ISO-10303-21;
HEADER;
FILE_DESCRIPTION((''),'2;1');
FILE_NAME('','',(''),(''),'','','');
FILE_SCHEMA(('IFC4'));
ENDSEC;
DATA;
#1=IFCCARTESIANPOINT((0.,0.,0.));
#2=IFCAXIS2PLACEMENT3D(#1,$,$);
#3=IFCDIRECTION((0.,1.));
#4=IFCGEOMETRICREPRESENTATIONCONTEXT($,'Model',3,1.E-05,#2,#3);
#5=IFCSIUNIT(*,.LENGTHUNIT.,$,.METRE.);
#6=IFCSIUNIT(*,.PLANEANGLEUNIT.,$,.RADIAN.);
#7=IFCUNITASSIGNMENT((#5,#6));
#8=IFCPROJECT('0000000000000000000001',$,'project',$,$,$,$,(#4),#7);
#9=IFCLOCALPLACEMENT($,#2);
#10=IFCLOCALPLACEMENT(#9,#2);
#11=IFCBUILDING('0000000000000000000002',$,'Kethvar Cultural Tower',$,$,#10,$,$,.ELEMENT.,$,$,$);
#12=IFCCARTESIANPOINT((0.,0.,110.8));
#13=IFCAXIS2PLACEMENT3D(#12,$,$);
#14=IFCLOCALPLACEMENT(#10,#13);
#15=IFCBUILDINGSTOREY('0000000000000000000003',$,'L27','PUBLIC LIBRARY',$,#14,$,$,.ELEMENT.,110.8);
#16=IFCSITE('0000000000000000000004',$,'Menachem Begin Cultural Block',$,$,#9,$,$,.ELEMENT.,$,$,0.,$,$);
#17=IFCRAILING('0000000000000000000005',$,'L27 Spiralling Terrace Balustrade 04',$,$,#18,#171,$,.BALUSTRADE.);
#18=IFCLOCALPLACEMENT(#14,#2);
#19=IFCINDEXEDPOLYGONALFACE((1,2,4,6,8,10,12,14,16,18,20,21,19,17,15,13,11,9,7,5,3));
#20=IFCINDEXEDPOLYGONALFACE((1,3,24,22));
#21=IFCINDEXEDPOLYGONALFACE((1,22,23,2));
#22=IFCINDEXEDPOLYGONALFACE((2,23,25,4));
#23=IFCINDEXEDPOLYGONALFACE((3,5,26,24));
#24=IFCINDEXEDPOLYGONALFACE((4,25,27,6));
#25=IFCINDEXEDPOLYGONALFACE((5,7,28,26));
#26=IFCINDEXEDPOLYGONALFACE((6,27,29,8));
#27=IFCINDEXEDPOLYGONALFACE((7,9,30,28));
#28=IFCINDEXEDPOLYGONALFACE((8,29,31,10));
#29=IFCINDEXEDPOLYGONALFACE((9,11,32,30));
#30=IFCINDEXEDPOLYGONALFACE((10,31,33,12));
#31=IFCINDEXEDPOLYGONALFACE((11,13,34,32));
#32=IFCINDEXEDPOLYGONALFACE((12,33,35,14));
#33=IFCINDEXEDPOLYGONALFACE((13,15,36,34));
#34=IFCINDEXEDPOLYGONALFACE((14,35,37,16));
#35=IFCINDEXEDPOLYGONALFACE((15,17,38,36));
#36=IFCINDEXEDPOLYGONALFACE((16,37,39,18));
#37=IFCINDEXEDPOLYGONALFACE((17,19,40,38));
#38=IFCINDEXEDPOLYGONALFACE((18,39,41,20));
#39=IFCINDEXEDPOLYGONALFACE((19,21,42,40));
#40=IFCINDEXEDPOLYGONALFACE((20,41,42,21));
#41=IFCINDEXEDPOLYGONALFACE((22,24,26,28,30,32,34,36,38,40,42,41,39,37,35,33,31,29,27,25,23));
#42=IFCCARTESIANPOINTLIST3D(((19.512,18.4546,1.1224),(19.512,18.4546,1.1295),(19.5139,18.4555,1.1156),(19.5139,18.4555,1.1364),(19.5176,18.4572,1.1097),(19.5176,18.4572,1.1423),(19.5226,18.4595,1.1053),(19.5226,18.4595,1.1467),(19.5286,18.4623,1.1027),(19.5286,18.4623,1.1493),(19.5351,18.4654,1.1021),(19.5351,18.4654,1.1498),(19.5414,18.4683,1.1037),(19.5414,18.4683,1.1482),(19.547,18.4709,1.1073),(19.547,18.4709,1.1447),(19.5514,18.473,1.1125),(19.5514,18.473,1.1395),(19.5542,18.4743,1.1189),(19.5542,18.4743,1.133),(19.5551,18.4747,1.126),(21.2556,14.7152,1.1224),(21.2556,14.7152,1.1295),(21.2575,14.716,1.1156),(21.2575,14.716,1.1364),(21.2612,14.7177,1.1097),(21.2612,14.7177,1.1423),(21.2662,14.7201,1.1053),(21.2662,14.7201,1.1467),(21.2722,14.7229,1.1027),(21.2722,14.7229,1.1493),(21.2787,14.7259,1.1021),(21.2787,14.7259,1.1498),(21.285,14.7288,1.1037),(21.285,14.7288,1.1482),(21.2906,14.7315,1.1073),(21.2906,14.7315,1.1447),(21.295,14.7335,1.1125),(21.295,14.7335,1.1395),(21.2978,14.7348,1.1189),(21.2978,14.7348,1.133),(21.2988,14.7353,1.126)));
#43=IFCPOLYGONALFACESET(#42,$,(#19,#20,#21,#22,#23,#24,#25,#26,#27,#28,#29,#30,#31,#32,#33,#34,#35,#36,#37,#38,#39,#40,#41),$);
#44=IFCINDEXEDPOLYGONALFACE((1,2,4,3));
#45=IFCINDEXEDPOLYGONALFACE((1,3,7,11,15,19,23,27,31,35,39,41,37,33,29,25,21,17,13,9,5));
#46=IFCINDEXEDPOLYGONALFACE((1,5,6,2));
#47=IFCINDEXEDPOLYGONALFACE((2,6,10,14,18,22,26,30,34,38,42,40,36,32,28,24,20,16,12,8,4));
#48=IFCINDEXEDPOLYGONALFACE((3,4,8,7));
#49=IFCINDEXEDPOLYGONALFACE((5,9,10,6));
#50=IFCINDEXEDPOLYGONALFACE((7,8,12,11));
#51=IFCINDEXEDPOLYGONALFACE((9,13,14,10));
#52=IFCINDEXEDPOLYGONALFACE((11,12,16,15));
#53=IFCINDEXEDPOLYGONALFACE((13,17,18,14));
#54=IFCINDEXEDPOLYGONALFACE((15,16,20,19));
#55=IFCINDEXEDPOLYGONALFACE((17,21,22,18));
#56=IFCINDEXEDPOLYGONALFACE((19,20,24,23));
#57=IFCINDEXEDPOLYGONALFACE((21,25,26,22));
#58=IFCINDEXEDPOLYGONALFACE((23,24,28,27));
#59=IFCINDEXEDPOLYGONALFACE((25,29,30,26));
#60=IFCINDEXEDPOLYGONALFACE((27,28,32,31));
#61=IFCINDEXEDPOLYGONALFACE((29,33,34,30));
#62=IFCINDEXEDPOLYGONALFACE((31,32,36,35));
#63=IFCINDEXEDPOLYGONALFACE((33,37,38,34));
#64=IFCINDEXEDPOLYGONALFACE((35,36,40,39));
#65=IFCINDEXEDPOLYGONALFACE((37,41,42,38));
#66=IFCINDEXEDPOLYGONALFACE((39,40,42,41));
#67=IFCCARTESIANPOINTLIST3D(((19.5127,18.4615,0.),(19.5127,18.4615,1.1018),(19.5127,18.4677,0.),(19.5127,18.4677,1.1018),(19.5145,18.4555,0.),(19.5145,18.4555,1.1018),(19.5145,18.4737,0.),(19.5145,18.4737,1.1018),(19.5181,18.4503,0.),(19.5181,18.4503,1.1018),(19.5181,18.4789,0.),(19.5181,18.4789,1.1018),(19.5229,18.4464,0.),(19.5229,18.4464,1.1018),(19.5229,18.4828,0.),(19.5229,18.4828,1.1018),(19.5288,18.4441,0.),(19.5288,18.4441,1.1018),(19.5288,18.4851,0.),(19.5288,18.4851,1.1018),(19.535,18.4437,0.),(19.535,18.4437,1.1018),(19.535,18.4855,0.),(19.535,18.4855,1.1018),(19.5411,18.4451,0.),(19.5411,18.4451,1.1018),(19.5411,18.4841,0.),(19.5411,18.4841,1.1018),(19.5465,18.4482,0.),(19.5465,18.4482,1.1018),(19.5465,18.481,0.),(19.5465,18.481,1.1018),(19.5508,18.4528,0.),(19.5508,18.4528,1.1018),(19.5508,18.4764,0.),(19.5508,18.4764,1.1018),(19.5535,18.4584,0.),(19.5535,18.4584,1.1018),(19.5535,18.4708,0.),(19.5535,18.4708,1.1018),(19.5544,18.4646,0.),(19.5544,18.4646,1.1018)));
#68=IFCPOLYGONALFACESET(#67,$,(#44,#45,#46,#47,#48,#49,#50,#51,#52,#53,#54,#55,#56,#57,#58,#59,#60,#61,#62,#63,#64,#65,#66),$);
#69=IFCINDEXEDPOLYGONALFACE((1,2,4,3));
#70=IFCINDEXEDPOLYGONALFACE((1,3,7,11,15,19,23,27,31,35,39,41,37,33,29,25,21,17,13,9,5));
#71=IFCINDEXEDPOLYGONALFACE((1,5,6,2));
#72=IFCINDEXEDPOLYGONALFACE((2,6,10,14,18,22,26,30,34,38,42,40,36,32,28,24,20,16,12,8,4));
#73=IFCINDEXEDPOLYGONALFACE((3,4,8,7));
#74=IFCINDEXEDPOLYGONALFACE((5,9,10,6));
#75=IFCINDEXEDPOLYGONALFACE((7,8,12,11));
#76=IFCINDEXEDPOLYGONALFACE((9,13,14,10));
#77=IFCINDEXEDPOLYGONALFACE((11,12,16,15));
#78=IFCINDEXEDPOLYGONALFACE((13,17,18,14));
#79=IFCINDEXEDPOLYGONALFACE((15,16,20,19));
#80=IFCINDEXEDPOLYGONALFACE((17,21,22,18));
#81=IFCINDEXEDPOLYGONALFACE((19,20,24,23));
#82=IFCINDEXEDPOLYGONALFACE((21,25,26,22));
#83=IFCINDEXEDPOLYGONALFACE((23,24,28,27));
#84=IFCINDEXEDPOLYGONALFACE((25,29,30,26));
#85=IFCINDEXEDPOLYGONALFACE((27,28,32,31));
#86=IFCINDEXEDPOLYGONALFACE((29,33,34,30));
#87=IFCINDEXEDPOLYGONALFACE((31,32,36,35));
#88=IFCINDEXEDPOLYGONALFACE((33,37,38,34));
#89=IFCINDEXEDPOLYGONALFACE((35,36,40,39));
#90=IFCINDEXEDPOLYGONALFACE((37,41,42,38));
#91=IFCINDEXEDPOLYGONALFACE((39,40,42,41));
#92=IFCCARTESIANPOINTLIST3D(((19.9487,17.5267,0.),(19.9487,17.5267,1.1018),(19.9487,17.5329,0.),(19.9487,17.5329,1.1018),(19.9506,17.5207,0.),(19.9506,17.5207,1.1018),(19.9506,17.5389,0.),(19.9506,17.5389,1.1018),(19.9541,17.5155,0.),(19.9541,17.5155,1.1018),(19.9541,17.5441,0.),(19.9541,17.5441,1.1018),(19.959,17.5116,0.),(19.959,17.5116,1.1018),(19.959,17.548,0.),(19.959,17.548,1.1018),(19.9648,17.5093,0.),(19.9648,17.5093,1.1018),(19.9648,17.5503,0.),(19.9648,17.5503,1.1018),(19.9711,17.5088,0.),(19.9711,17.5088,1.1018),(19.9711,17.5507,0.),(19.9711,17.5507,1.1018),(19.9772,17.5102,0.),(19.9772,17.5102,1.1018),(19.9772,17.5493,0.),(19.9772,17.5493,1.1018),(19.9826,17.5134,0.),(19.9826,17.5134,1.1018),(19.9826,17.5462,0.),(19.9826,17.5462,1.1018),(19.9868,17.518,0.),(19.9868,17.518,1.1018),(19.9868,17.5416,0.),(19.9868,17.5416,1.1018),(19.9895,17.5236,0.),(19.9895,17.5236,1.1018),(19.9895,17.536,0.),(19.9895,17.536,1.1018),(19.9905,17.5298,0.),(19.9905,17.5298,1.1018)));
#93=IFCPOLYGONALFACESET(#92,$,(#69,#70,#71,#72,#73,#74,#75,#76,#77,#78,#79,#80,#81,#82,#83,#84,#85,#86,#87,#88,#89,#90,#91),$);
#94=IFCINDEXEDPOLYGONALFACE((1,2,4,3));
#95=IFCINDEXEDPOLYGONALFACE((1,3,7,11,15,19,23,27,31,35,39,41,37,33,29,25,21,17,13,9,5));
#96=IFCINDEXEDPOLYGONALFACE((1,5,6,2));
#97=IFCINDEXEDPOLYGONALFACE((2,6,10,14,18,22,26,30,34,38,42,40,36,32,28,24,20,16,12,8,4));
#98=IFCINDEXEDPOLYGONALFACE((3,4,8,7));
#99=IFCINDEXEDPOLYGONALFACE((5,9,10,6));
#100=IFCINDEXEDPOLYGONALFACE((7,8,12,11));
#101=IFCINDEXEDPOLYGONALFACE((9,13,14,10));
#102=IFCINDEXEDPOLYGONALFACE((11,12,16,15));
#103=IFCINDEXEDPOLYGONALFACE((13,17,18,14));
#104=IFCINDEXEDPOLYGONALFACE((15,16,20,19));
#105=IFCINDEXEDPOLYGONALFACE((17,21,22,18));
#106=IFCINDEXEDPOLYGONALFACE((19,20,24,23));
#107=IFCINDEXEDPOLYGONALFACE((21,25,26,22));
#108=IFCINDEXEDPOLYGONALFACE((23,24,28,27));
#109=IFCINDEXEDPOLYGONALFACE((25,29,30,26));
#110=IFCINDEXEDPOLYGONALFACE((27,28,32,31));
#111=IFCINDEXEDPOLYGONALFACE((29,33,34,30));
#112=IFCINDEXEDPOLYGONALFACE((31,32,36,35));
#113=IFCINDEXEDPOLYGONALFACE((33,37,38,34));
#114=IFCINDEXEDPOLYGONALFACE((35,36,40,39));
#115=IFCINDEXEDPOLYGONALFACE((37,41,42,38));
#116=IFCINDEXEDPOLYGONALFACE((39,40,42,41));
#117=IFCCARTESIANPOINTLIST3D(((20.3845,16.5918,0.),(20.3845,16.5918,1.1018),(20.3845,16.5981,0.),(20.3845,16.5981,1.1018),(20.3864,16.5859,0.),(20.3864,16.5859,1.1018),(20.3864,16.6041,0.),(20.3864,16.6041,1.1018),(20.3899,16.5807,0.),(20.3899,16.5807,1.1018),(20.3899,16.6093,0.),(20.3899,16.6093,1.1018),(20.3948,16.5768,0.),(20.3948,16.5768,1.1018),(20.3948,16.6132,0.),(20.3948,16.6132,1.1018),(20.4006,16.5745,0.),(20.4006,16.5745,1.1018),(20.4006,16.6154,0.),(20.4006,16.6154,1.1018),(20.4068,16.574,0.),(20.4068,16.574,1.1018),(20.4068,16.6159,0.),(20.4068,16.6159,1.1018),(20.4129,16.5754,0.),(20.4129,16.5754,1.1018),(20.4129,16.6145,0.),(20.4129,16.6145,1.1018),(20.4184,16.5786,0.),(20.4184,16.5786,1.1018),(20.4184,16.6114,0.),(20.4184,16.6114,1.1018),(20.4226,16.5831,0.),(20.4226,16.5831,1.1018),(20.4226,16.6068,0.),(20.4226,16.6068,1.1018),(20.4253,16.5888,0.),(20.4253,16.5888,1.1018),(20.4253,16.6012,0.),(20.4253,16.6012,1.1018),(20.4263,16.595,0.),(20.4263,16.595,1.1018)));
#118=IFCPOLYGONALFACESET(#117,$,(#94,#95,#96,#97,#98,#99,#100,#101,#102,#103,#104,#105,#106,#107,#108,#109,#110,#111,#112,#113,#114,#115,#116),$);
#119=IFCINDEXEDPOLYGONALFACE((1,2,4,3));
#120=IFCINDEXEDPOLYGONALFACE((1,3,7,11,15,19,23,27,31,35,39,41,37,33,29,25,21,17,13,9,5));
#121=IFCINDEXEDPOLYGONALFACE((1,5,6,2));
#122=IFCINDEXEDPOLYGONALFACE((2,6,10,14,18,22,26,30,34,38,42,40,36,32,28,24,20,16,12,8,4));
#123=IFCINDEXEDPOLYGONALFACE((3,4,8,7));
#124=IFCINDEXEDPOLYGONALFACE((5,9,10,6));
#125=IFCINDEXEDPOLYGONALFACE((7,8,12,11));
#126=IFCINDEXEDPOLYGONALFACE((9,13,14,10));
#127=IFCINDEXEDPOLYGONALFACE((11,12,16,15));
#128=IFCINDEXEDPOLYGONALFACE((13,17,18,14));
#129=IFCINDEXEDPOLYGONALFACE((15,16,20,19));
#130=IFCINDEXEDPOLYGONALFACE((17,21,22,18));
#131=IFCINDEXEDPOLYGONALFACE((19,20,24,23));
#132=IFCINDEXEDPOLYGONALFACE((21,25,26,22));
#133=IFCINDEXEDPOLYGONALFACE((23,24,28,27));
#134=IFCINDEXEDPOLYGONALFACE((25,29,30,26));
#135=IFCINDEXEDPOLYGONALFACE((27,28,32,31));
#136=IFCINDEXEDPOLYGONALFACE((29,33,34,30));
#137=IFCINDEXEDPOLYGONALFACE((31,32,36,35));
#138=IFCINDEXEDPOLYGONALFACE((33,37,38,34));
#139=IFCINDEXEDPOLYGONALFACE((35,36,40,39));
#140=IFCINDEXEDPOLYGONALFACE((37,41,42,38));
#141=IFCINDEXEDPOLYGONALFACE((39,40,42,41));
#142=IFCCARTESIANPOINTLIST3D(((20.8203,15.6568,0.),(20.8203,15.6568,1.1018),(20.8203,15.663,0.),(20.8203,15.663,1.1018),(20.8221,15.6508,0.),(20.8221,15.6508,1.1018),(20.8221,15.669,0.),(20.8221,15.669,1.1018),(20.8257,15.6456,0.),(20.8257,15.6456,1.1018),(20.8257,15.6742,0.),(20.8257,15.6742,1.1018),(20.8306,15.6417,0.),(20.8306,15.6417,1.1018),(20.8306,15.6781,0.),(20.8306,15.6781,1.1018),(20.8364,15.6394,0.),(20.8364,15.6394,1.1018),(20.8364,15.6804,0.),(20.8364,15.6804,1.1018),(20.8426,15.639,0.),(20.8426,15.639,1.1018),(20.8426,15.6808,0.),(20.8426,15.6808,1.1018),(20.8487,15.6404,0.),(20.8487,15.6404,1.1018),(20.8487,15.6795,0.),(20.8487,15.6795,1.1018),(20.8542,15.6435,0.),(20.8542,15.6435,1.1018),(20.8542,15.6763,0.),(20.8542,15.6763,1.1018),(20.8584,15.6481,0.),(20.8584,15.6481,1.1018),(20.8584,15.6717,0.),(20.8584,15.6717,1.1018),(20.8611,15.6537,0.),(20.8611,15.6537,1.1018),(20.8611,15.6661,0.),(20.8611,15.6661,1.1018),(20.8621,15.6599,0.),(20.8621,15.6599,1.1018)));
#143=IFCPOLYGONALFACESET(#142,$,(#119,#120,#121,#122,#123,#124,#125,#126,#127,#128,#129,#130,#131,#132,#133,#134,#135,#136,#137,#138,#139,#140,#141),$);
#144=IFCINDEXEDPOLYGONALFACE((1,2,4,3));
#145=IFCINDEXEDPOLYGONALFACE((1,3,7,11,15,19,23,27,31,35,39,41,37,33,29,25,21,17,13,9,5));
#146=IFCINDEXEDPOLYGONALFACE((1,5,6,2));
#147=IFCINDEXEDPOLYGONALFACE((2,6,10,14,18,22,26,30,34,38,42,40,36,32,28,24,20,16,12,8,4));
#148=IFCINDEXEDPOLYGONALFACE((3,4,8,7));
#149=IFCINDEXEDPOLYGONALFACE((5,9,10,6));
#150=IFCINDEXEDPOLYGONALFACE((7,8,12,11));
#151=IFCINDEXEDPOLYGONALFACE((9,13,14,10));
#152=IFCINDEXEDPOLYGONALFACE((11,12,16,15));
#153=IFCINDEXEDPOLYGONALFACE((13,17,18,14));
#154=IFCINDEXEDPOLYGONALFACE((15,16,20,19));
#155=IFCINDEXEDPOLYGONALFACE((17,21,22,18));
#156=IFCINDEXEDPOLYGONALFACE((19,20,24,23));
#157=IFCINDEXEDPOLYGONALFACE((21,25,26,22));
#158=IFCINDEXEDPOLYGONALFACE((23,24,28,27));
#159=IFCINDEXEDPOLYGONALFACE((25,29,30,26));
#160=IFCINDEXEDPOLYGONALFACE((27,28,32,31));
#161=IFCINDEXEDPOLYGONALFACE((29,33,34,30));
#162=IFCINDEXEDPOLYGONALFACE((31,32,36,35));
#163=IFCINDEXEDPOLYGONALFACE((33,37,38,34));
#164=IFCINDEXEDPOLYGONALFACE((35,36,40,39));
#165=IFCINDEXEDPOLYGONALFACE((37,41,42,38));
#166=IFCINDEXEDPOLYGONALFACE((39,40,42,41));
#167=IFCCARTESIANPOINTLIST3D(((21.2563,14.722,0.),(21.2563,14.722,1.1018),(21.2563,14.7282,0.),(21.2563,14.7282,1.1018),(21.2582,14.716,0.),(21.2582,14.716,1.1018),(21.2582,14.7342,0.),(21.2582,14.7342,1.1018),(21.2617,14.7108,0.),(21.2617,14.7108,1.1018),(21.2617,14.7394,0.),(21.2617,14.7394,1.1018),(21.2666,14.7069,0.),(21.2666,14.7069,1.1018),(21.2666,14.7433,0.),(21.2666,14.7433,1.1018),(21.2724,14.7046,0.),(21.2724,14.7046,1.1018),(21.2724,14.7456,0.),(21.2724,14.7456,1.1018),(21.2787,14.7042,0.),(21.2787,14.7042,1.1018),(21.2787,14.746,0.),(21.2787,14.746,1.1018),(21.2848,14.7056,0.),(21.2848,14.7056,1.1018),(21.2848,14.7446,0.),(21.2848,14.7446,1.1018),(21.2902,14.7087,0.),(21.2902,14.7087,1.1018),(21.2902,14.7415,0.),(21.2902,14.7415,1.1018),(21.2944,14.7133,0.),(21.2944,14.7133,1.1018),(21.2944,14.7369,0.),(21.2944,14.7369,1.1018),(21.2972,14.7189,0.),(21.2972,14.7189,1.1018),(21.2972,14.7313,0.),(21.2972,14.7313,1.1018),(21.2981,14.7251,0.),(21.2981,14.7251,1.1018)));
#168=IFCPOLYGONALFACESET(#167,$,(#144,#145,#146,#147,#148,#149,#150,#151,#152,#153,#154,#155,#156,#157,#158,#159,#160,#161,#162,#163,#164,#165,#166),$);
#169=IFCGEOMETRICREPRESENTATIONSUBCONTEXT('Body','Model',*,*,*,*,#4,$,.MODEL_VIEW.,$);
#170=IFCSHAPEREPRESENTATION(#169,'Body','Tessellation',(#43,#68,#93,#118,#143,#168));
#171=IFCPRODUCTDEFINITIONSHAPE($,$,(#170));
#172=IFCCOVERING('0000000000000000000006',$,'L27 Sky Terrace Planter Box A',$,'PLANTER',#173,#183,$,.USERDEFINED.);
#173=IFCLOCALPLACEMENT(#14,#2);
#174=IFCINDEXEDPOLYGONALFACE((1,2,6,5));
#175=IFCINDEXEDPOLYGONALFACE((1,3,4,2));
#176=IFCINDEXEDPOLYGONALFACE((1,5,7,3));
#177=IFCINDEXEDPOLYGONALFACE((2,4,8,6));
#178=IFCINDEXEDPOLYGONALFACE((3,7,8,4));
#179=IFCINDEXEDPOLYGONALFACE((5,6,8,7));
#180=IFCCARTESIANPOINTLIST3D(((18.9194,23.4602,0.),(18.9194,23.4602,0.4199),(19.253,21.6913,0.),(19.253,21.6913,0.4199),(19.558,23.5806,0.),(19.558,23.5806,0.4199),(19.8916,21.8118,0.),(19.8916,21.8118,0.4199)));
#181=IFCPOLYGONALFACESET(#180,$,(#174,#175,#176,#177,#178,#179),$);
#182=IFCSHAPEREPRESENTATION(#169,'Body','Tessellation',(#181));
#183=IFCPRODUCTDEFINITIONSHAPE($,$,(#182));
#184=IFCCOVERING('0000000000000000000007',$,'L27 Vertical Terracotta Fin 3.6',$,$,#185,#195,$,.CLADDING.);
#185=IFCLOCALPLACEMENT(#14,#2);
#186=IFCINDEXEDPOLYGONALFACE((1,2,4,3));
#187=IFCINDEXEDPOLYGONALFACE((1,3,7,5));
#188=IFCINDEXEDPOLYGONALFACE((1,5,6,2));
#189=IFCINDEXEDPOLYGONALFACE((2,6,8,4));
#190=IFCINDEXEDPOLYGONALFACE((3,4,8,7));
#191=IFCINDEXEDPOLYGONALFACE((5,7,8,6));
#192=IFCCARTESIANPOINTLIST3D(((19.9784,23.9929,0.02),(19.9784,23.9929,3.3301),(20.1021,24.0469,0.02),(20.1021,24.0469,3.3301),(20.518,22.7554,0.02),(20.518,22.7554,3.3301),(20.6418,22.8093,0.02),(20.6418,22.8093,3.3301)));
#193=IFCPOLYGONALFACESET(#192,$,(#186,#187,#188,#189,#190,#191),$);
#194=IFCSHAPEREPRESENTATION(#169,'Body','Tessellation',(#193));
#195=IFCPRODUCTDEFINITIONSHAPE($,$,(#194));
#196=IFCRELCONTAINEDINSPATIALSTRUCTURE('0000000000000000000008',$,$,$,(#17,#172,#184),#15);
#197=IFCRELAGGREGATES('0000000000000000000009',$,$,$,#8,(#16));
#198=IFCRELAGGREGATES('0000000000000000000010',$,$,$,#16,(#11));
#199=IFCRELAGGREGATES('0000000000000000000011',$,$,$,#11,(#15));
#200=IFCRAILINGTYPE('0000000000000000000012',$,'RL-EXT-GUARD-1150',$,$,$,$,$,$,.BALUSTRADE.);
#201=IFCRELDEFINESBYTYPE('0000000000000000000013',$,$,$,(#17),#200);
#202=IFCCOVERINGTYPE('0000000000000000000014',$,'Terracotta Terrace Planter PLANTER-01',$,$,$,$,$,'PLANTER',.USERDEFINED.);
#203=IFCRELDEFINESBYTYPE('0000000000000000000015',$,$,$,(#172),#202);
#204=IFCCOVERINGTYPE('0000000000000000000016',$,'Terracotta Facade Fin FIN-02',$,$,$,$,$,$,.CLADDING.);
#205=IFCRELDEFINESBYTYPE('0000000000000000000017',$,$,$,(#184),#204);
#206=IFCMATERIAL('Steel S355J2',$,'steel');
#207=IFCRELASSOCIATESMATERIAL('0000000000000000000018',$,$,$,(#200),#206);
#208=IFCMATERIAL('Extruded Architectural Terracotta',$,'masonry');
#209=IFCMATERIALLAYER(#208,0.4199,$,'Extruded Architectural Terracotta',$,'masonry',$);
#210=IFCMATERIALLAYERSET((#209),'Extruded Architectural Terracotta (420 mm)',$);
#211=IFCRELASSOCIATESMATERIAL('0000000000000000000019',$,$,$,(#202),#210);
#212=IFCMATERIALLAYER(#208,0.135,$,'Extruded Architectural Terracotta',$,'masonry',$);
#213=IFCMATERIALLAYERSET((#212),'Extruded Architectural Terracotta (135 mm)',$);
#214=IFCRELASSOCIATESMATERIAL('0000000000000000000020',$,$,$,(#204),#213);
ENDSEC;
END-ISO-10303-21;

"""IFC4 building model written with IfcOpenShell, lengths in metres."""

from ifc_helpers import new_model, si_unit, direction, frame, origin, origin_2d, place, context, subcontext, project, spatial, rectangle, circle, extrude, source, transform, mapped, material, layer, layer_set, type_object, element, save


model = new_model("IFC4")

# Units and contexts
model_context = context("Model", 3, precision=1e-05, world=origin(), true_north=direction((0.0, 1.0)))
body_context = subcontext(model_context, "Body", "Model", "MODEL_VIEW")
ifc_project = project(units=[si_unit("LENGTHUNIT", "METRE"), si_unit("PLANEANGLEUNIT", "RADIAN")], contexts=[model_context])

# Site, building, storey
site_placement = place(None, origin())
site = spatial("IfcSite", under=ifc_project, at=site_placement, Name="Menachem Begin Cultural Block", CompositionType="ELEMENT", RefElevation=0.0)
building_placement = place(site_placement, origin())
building = spatial("IfcBuilding", under=site, at=building_placement, Name="Kethvar Cultural Tower", CompositionType="ELEMENT")
storey_placement = place(building_placement, frame((0.0, 0.0, 110.8)))
storey = spatial("IfcBuildingStorey", under=building, at=storey_placement, Name="L27", Description="PUBLIC LIBRARY", CompositionType="ELEMENT", Elevation=110.8)

# Railing
ifc_material_1 = material(Name="Steel S355J2", Category="steel")
railing_type = type_object("IfcRailingType", Name="RL-EXT-GUARD-1150", PredefinedType="BALUSTRADE", material=ifc_material_1)
railing_1_placement = place(storey_placement, frame((19.5334, 18.4646, 0.0)))
element("IfcRailing", 1, at=railing_1_placement, inside=storey, type_object=railing_type, Name="L27 Spiralling Terrace Balustrade 04", PredefinedType="BALUSTRADE", context=body_context, shape_type="SweptSolid", body=[
    extrude(circle(Radius=0.0239, at=origin_2d()), frame((0.0, 0.0, 1.126), z_axis=(0.422597, -0.906318, 0.0), x_axis=(0.906318, 0.422597, 0.0)), (0.0, 0.0, 1.0), 4.126),
    extrude(circle(Radius=0.021, at=origin_2d()), origin(), (0.0, 0.0, 1.0), 1.1018),
    extrude(circle(Radius=0.021, at=origin_2d()), frame((0.436, -0.9348, 0.0)), (0.0, 0.0, 1.0), 1.1018),
    extrude(circle(Radius=0.021, at=origin_2d()), frame((0.8718, -1.8696, 0.0)), (0.0, 0.0, 1.0), 1.1018),
    extrude(circle(Radius=0.021, at=origin_2d()), frame((1.3076, -2.8047, 0.0)), (0.0, 0.0, 1.0), 1.1018),
    extrude(circle(Radius=0.021, at=origin_2d()), frame((1.7437, -3.7395, 0.0)), (0.0, 0.0, 1.0), 1.1018),
])

# Coverings
ifc_material_2 = material(Name="Extruded Architectural Terracotta", Category="masonry")
ifc_layer_1 = layer(ifc_material_2, 0.4199, Name="Extruded Architectural Terracotta", Category="masonry")
ifc_layer_set_1 = layer_set([ifc_layer_1], Name="Extruded Architectural Terracotta (420 mm)")
covering_type_1 = type_object("IfcCoveringType", Name="Terracotta Terrace Planter PLANTER-01", ElementType="PLANTER", PredefinedType="USERDEFINED", material=ifc_layer_set_1)
shared_shape_1 = source(origin(), body_context, "Body", "SweptSolid", [
    extrude(rectangle(XDim=1.8, YDim=0.6499, at=origin_2d()), origin(), (0.0, 0.0, 1.0), 0.4199),
])
covering_1_placement = place(storey_placement, frame((19.4055, 22.636, 0.0), z_axis=(0.0, 0.0, 1.0), x_axis=(0.185324, -0.982678, 0.0)))
element("IfcCovering", 2, at=covering_1_placement, inside=storey, type_object=covering_type_1, Name="L27 Sky Terrace Planter Box A", ObjectType="PLANTER", PredefinedType="USERDEFINED", context=body_context, shape_type="MappedRepresentation", body=[
    mapped(shared_shape_1, transform((0.0, 0.0, 0.0), scale=1.0)),
])
ifc_layer_2 = layer(ifc_material_2, 0.135, Name="Extruded Architectural Terracotta", Category="masonry")
ifc_layer_set_2 = layer_set([ifc_layer_2], Name="Extruded Architectural Terracotta (135 mm)")
covering_type_2 = type_object("IfcCoveringType", Name="Terracotta Facade Fin FIN-02", PredefinedType="CLADDING", material=ifc_layer_set_2)
shared_shape_2 = source(origin(), body_context, "Body", "SweptSolid", [
    extrude(rectangle(XDim=1.3501, YDim=0.135, at=origin_2d()), origin(), (0.0, 0.0, 1.0), 3.3101),
])
covering_2_placement = place(storey_placement, frame((20.3101, 23.4011, 0.02), z_axis=(0.0, 0.0, 1.0), x_axis=(-0.399709, 0.916642, 0.0)))
element("IfcCovering", 3, at=covering_2_placement, inside=storey, type_object=covering_type_2, Name="L27 Vertical Terracotta Fin 3.6", PredefinedType="CLADDING", context=body_context, shape_type="MappedRepresentation", body=[
    mapped(shared_shape_2, transform((0.0, 0.0, 0.0), scale=1.0)),
])

save(model, "model.ifc")
